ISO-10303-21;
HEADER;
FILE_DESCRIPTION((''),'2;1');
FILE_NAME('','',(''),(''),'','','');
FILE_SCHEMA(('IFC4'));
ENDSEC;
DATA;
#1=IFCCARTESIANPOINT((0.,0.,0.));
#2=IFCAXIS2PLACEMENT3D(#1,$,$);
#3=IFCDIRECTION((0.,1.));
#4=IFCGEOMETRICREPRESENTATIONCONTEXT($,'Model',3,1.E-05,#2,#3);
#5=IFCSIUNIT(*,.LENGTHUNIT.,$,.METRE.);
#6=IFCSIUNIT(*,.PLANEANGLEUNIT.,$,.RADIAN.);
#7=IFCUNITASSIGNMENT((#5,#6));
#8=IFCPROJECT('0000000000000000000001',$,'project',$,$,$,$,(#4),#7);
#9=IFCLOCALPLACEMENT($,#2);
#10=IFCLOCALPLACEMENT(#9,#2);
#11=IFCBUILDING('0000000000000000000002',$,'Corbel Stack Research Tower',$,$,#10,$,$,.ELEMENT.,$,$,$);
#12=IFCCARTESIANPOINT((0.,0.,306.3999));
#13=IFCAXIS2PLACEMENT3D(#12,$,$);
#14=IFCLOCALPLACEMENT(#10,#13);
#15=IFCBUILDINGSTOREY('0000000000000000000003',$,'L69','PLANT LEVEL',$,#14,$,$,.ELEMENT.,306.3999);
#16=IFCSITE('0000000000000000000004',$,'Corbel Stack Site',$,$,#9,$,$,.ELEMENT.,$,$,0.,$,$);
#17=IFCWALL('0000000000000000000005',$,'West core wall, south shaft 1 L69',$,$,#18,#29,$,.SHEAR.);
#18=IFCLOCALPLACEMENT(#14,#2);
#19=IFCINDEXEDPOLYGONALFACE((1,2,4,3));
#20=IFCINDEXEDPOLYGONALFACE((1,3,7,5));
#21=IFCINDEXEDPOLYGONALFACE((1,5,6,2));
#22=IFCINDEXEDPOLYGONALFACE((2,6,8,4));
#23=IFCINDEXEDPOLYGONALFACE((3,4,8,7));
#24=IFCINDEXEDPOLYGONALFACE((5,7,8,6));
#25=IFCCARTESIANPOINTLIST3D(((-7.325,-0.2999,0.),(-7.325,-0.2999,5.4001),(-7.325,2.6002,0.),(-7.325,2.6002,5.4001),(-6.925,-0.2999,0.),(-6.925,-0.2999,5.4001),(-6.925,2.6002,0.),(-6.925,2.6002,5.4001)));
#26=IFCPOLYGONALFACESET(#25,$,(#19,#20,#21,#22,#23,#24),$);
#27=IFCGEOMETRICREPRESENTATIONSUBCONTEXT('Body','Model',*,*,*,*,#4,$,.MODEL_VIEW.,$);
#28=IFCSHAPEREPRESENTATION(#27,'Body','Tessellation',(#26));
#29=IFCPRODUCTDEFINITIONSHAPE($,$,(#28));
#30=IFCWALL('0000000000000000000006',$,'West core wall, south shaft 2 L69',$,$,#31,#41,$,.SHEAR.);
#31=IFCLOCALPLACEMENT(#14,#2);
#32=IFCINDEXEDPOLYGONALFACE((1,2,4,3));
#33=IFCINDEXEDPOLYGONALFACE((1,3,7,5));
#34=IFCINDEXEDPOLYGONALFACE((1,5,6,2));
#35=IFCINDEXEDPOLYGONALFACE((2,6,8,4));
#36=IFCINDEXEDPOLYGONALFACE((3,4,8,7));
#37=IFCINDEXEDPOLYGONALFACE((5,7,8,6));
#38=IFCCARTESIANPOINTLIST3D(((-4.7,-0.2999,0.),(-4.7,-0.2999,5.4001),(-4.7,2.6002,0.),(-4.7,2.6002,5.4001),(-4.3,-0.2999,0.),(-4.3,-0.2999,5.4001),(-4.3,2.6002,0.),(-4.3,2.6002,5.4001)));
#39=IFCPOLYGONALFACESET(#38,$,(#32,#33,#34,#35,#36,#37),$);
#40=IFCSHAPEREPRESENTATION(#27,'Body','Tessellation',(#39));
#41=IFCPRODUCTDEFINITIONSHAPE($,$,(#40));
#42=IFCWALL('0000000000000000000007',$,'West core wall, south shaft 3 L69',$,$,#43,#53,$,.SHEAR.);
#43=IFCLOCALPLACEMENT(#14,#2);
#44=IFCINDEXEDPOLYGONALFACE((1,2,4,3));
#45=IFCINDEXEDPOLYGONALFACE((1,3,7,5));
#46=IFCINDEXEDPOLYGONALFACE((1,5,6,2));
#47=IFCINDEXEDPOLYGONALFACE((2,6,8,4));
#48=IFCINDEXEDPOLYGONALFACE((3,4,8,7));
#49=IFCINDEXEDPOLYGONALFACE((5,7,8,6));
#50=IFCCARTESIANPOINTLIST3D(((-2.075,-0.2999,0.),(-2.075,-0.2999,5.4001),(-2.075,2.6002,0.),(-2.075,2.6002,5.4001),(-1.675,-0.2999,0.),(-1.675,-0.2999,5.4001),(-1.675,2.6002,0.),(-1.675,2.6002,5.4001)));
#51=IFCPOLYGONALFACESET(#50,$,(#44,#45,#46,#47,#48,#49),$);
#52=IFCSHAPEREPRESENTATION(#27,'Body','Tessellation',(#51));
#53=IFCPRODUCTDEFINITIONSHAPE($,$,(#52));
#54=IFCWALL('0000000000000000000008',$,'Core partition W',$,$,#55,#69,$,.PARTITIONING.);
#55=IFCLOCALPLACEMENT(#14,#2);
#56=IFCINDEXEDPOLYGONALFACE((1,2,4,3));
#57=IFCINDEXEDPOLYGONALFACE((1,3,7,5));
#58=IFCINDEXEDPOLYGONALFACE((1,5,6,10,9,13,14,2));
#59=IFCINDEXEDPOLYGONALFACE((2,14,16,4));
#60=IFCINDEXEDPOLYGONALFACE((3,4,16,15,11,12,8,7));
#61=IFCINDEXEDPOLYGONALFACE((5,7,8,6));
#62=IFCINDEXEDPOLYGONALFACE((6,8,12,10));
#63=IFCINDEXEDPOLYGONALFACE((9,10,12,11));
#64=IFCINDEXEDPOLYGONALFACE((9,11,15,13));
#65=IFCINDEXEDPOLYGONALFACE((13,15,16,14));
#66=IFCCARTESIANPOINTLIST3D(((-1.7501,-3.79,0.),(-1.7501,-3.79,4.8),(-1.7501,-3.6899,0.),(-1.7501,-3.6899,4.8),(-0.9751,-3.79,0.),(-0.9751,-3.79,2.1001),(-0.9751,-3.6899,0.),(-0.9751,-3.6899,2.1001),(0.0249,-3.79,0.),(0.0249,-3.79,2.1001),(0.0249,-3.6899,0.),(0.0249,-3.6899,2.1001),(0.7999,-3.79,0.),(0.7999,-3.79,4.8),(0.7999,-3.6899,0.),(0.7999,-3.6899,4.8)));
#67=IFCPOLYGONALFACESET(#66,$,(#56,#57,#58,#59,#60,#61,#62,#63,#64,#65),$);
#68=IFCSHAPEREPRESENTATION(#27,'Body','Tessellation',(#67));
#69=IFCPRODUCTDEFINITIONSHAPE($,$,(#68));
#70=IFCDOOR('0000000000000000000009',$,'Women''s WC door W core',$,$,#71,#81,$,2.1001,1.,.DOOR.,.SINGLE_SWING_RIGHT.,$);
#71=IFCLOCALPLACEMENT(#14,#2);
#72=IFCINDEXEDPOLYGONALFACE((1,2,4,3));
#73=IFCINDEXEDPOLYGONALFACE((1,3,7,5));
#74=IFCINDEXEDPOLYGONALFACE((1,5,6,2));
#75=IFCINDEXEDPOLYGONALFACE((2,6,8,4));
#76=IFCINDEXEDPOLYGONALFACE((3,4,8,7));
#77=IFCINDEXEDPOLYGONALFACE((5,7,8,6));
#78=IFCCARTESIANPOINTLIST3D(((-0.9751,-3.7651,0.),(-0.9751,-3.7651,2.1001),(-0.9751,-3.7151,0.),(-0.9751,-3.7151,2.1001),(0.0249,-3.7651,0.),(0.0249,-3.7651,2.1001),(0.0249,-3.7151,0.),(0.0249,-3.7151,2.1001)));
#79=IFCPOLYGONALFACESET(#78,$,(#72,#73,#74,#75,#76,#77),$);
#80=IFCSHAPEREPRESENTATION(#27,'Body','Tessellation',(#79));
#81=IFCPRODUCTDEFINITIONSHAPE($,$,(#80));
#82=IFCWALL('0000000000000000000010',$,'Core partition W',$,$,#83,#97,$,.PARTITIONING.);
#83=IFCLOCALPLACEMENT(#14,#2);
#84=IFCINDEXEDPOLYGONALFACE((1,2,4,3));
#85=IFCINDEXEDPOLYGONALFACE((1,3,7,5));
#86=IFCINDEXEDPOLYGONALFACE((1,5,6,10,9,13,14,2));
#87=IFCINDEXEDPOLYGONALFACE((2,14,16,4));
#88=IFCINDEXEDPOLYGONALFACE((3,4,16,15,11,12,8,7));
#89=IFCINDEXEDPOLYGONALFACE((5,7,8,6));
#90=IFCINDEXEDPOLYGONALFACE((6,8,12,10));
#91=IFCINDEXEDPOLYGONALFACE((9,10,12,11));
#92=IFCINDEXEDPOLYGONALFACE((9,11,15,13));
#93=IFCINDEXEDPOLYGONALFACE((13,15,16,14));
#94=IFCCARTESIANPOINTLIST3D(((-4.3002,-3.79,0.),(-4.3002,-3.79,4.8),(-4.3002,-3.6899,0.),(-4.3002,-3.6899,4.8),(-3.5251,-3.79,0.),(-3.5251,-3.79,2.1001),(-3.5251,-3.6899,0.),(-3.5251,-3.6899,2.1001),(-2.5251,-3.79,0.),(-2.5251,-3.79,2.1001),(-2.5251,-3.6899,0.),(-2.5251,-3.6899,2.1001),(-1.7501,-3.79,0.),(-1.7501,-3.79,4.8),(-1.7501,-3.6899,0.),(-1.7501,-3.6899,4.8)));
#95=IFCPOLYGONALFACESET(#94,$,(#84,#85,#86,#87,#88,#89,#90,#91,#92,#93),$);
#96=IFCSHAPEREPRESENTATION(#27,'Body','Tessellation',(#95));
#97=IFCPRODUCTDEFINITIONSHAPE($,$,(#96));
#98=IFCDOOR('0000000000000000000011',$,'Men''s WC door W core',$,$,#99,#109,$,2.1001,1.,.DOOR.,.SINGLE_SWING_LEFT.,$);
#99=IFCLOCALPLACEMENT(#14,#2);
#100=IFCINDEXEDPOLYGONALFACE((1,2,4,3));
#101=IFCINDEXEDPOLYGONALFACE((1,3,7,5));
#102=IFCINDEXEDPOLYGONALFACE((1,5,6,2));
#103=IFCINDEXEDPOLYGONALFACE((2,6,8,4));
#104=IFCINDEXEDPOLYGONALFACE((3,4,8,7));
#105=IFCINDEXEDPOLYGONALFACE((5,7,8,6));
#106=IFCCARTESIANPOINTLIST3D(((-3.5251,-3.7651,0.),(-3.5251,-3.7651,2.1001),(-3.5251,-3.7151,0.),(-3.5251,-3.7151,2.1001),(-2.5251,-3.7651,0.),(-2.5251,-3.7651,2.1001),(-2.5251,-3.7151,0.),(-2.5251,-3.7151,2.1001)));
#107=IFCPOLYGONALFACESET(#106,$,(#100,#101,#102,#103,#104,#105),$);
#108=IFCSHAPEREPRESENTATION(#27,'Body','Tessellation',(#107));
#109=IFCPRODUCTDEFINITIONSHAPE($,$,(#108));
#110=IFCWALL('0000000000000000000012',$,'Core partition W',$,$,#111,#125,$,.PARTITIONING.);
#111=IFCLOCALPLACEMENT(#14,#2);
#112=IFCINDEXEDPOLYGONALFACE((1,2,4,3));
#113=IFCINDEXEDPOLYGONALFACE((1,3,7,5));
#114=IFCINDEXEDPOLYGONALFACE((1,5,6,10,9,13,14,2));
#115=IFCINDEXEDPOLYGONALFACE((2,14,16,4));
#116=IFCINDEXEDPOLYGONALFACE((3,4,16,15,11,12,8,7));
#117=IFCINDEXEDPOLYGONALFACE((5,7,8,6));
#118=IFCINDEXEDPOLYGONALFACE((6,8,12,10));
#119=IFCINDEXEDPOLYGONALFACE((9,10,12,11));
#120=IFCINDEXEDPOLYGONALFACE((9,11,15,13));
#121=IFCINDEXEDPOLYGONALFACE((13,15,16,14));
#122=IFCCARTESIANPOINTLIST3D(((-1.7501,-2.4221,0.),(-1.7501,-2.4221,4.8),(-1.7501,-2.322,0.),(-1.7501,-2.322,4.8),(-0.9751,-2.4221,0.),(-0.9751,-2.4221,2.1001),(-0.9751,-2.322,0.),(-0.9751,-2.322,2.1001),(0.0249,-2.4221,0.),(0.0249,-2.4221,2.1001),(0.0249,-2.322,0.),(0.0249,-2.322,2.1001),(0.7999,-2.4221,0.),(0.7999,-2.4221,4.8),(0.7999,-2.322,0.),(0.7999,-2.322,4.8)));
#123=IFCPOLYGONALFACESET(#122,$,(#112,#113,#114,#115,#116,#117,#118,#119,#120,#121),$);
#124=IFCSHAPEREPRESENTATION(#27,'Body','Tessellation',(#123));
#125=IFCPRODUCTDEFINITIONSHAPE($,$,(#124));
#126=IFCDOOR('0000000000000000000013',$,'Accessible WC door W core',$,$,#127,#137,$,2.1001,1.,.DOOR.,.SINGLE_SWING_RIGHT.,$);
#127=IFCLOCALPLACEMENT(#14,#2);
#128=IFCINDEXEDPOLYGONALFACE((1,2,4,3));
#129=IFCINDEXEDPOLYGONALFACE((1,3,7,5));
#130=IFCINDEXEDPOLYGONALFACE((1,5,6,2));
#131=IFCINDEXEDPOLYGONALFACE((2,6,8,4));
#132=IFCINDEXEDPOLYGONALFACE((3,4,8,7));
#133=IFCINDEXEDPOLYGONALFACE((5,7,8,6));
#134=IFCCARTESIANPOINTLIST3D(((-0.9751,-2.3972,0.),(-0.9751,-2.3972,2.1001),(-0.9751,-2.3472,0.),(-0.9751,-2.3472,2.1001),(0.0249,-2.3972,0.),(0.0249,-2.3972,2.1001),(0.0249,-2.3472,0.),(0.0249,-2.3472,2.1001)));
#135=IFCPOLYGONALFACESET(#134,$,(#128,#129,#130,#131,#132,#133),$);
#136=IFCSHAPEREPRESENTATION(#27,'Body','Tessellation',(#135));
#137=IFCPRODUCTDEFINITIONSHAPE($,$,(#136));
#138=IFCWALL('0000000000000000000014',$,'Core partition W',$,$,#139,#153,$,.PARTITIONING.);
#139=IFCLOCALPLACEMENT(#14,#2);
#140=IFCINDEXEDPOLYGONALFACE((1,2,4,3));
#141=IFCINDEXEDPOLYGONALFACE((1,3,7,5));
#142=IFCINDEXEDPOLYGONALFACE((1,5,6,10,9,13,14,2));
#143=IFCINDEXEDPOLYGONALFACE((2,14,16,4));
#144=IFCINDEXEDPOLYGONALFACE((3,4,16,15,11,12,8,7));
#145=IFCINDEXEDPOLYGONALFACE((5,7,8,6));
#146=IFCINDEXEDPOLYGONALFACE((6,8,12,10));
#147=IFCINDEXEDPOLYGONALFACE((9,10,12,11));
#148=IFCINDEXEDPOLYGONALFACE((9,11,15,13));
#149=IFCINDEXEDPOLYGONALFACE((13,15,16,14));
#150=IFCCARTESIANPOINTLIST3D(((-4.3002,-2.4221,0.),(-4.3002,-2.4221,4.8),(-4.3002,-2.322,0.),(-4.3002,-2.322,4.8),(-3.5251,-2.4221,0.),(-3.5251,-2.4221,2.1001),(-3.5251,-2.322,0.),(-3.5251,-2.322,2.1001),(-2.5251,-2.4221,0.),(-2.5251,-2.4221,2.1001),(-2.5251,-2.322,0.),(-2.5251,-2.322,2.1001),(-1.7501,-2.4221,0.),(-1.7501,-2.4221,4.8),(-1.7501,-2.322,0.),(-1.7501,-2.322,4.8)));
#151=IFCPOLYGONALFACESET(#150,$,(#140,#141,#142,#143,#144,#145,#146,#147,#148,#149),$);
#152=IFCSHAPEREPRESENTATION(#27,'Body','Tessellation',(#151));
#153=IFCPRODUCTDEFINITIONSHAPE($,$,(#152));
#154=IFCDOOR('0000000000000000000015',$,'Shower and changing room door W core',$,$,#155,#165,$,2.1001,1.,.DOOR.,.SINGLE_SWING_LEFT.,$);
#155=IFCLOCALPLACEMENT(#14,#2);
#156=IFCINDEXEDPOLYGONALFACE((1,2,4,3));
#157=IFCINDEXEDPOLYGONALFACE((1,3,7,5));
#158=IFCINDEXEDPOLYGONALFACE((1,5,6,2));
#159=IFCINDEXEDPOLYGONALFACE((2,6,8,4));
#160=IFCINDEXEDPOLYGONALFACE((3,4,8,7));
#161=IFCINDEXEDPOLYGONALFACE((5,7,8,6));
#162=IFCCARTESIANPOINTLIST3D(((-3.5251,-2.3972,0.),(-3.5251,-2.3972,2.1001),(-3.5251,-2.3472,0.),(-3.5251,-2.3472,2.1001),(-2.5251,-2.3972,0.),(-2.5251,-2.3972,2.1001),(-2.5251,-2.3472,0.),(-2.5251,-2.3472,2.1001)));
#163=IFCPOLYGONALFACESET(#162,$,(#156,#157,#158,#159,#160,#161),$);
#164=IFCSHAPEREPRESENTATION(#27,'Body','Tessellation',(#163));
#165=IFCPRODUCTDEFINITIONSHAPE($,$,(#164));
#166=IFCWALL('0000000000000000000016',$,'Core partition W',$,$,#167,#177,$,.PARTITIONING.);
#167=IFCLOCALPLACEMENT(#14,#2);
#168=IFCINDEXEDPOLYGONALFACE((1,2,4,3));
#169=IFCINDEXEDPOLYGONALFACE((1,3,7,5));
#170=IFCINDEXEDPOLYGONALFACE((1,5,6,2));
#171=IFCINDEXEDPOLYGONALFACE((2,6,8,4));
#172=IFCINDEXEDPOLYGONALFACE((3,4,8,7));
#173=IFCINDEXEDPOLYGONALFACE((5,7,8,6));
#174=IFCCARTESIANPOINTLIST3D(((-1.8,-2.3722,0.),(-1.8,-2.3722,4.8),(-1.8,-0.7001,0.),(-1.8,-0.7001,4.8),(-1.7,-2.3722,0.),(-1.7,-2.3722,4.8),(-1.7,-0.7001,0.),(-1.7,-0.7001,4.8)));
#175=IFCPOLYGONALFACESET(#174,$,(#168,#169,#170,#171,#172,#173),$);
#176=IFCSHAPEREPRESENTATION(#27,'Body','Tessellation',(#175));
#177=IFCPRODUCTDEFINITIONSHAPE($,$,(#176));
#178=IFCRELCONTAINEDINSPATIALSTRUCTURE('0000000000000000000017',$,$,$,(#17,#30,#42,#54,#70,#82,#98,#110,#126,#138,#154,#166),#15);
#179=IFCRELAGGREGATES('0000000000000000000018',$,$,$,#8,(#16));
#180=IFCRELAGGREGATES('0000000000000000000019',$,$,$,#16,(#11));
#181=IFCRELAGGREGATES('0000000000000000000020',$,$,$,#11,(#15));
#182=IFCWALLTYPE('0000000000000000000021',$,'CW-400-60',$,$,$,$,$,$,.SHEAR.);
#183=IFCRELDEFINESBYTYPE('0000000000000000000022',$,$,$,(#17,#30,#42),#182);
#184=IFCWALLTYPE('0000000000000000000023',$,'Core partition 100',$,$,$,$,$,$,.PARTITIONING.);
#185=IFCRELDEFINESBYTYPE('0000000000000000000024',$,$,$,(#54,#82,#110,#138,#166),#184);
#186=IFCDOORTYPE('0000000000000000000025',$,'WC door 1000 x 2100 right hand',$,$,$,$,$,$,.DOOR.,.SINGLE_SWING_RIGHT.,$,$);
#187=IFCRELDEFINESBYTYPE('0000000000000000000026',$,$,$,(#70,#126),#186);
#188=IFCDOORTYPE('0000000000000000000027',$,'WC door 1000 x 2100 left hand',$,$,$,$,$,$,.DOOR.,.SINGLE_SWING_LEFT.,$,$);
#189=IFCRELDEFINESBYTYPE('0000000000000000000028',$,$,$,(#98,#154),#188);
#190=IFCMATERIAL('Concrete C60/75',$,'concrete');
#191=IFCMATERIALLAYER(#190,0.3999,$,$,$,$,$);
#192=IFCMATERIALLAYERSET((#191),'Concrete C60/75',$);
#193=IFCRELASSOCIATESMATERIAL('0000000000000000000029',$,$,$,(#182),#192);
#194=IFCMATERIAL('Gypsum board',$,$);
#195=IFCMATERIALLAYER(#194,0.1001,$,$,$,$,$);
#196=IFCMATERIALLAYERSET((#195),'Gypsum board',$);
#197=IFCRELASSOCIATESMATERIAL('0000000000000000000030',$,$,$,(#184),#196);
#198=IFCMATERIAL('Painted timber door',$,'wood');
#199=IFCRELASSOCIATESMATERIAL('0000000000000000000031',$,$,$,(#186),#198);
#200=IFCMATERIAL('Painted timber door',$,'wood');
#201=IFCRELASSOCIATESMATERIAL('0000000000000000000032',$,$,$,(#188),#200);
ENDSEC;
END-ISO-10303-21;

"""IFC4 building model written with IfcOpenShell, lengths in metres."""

from ifc_helpers import new_model, si_unit, direction, frame, frame_2d, origin, place, context, subcontext, project, spatial, rectangle, extrude, material, layer, layer_set, type_object, element, fill, save


model = new_model("IFC4")

# Units and contexts
model_context = context("Model", 3, precision=1e-05, world=origin(), true_north=direction((0.0, 1.0)))
body_context = subcontext(model_context, "Body", "Model", "MODEL_VIEW")
ifc_project = project(units=[si_unit("LENGTHUNIT", "METRE"), si_unit("PLANEANGLEUNIT", "RADIAN")], contexts=[model_context])

# Site, building, storey
site_placement = place(None, origin())
site = spatial("IfcSite", under=ifc_project, at=site_placement, Name="Corbel Stack Site", CompositionType="ELEMENT", RefElevation=0.0)
building_placement = place(site_placement, origin())
building = spatial("IfcBuilding", under=site, at=building_placement, Name="Corbel Stack Research Tower", CompositionType="ELEMENT")
storey_placement = place(building_placement, frame((0.0, 0.0, 306.3999)))
storey = spatial("IfcBuildingStorey", under=building, at=storey_placement, Name="L69", Description="PLANT LEVEL", CompositionType="ELEMENT", Elevation=306.3999)

# Walls
ifc_material_1 = material(Name="Concrete C60/75", Category="concrete")
ifc_layer_1 = layer(ifc_material_1, 0.3999)
ifc_layer_set_1 = layer_set([ifc_layer_1], Name="Concrete C60/75")
wall_type_1 = type_object("IfcWallType", Name="CW-400-60", PredefinedType="SHEAR", material=ifc_layer_set_1)
for number, where, z_axis, x_axis, name in (
    (1, (-7.125, -0.3, 0.0), (0.0, 0.0, 1.0), (0.0, 1.0, 0.0), "West core wall, south shaft 1 L69"),
    (2, (-4.5, -0.3, 0.0), (0.0, 0.0, 1.0), (0.0, 1.0, 0.0), "West core wall, south shaft 2 L69"),
    (3, (-1.875, -0.3, 0.0), (0.0, 0.0, 1.0), (0.0, 1.0, 0.0), "West core wall, south shaft 3 L69"),
):
    element("IfcWall", number, at=place(storey_placement, frame(where, z_axis=z_axis, x_axis=x_axis)), inside=storey, type_object=wall_type_1, Name=name, PredefinedType="SHEAR", context=body_context, shape_type="SweptSolid", body=[
        extrude(rectangle(XDim=2.9001, YDim=0.3999, at=frame_2d((1.4502, 0.0))), origin(), (0.0, 0.0, 1.0), 5.4001),
    ])

# Walls, openings, doors
ifc_material_2 = material(Name="Gypsum board")
ifc_layer_2 = layer(ifc_material_2, 0.1001)
ifc_layer_set_2 = layer_set([ifc_layer_2], Name="Gypsum board")
wall_type_2 = type_object("IfcWallType", Name="Core partition 100", PredefinedType="PARTITIONING", material=ifc_layer_set_2)
wall_1_placement = place(storey_placement, frame((-1.75, -3.74, 0.0), z_axis=(0.0, 0.0, 1.0), x_axis=(1.0, 0.0, 0.0)))
wall_1 = element("IfcWall", 4, at=wall_1_placement, inside=storey, type_object=wall_type_2, Name="Core partition W", PredefinedType="PARTITIONING", context=body_context, shape_type="SweptSolid", body=[
    extrude(rectangle(XDim=2.55, YDim=0.1001, at=frame_2d((1.2749, 0.0))), origin(), (0.0, 0.0, 1.0), 4.8),
])
opening_1_placement = place(wall_1_placement, frame((0.7749, 0.0, 0.0)))
opening_1 = element("IfcOpeningElement", 5, at=opening_1_placement, cuts=wall_1, PredefinedType="OPENING", context=body_context, shape_type="SweptSolid", body=[
    extrude(rectangle(XDim=1.0, YDim=2.1001, at=frame_2d((0.5, 1.05))), frame((0.0, 0.0601, 0.0), z_axis=(0.0, -1.0, 0.0), x_axis=(1.0, 0.0, 0.0)), (0.0, 0.0, 1.0), 0.1201),
])
ifc_material_3 = material(Name="Painted timber door", Category="wood")
door_type_1 = type_object("IfcDoorType", Name="WC door 1000 x 2100 right hand", OperationType="SINGLE_SWING_RIGHT", PredefinedType="DOOR", material=ifc_material_3)
door_1_placement = place(opening_1_placement, origin())
door_1 = element("IfcDoor", 6, at=door_1_placement, inside=storey, type_object=door_type_1, Name="Women's WC door W core", OperationType="SINGLE_SWING_RIGHT", OverallHeight=2.1001, OverallWidth=1.0, PredefinedType="DOOR", context=body_context, shape_type="SweptSolid", body=[
    extrude(rectangle(XDim=1.0, YDim=2.1001, at=frame_2d((0.5, 1.05))), frame((0.0, 0.0249, 0.0), z_axis=(0.0, -1.0, 0.0), x_axis=(1.0, 0.0, 0.0)), (0.0, 0.0, 1.0), 0.05),
])
fill(opening_1, door_1)
wall_2_placement = place(storey_placement, frame((-4.3, -3.74, 0.0), z_axis=(0.0, 0.0, 1.0), x_axis=(1.0, 0.0, 0.0)))
wall_2 = element("IfcWall", 7, at=wall_2_placement, inside=storey, type_object=wall_type_2, Name="Core partition W", PredefinedType="PARTITIONING", context=body_context, shape_type="SweptSolid", body=[
    extrude(rectangle(XDim=2.55, YDim=0.1001, at=frame_2d((1.2749, 0.0))), origin(), (0.0, 0.0, 1.0), 4.8),
])
opening_2_placement = place(wall_2_placement, frame((0.7749, 0.0, 0.0)))
opening_2 = element("IfcOpeningElement", 8, at=opening_2_placement, cuts=wall_2, PredefinedType="OPENING", context=body_context, shape_type="SweptSolid", body=[
    extrude(rectangle(XDim=1.0, YDim=2.1001, at=frame_2d((0.5, 1.05))), frame((0.0, 0.0601, 0.0), z_axis=(0.0, -1.0, 0.0), x_axis=(1.0, 0.0, 0.0)), (0.0, 0.0, 1.0), 0.1201),
])
ifc_material_4 = material(Name="Painted timber door", Category="wood")
door_type_2 = type_object("IfcDoorType", Name="WC door 1000 x 2100 left hand", OperationType="SINGLE_SWING_LEFT", PredefinedType="DOOR", material=ifc_material_4)
door_2_placement = place(opening_2_placement, origin())
door_2 = element("IfcDoor", 9, at=door_2_placement, inside=storey, type_object=door_type_2, Name="Men's WC door W core", OperationType="SINGLE_SWING_LEFT", OverallHeight=2.1001, OverallWidth=1.0, PredefinedType="DOOR", context=body_context, shape_type="SweptSolid", body=[
    extrude(rectangle(XDim=1.0, YDim=2.1001, at=frame_2d((0.5, 1.05))), frame((0.0, 0.0249, 0.0), z_axis=(0.0, -1.0, 0.0), x_axis=(1.0, 0.0, 0.0)), (0.0, 0.0, 1.0), 0.05),
])
fill(opening_2, door_2)
wall_3_placement = place(storey_placement, frame((-1.75, -2.3721, 0.0), z_axis=(0.0, 0.0, 1.0), x_axis=(1.0, 0.0, 0.0)))
wall_3 = element("IfcWall", 10, at=wall_3_placement, inside=storey, type_object=wall_type_2, Name="Core partition W", PredefinedType="PARTITIONING", context=body_context, shape_type="SweptSolid", body=[
    extrude(rectangle(XDim=2.55, YDim=0.1001, at=frame_2d((1.2749, 0.0))), origin(), (0.0, 0.0, 1.0), 4.8),
])
opening_3_placement = place(wall_3_placement, frame((0.7749, 0.0, 0.0)))
opening_3 = element("IfcOpeningElement", 11, at=opening_3_placement, cuts=wall_3, PredefinedType="OPENING", context=body_context, shape_type="SweptSolid", body=[
    extrude(rectangle(XDim=1.0, YDim=2.1001, at=frame_2d((0.5, 1.05))), frame((0.0, 0.0601, 0.0), z_axis=(0.0, -1.0, 0.0), x_axis=(1.0, 0.0, 0.0)), (0.0, 0.0, 1.0), 0.1201),
])
door_3_placement = place(opening_3_placement, origin())
door_3 = element("IfcDoor", 12, at=door_3_placement, inside=storey, type_object=door_type_1, Name="Accessible WC door W core", OperationType="SINGLE_SWING_RIGHT", OverallHeight=2.1001, OverallWidth=1.0, PredefinedType="DOOR", context=body_context, shape_type="SweptSolid", body=[
    extrude(rectangle(XDim=1.0, YDim=2.1001, at=frame_2d((0.5, 1.05))), frame((0.0, 0.0249, 0.0), z_axis=(0.0, -1.0, 0.0), x_axis=(1.0, 0.0, 0.0)), (0.0, 0.0, 1.0), 0.05),
])
fill(opening_3, door_3)
wall_4_placement = place(storey_placement, frame((-4.3, -2.3721, 0.0), z_axis=(0.0, 0.0, 1.0), x_axis=(1.0, 0.0, 0.0)))
wall_4 = element("IfcWall", 13, at=wall_4_placement, inside=storey, type_object=wall_type_2, Name="Core partition W", PredefinedType="PARTITIONING", context=body_context, shape_type="SweptSolid", body=[
    extrude(rectangle(XDim=2.55, YDim=0.1001, at=frame_2d((1.2749, 0.0))), origin(), (0.0, 0.0, 1.0), 4.8),
])
opening_4_placement = place(wall_4_placement, frame((0.7749, 0.0, 0.0)))
opening_4 = element("IfcOpeningElement", 14, at=opening_4_placement, cuts=wall_4, PredefinedType="OPENING", context=body_context, shape_type="SweptSolid", body=[
    extrude(rectangle(XDim=1.0, YDim=2.1001, at=frame_2d((0.5, 1.05))), frame((0.0, 0.0601, 0.0), z_axis=(0.0, -1.0, 0.0), x_axis=(1.0, 0.0, 0.0)), (0.0, 0.0, 1.0), 0.1201),
])
door_4_placement = place(opening_4_placement, origin())
door_4 = element("IfcDoor", 15, at=door_4_placement, inside=storey, type_object=door_type_2, Name="Shower and changing room door W core", OperationType="SINGLE_SWING_LEFT", OverallHeight=2.1001, OverallWidth=1.0, PredefinedType="DOOR", context=body_context, shape_type="SweptSolid", body=[
    extrude(rectangle(XDim=1.0, YDim=2.1001, at=frame_2d((0.5, 1.05))), frame((0.0, 0.0249, 0.0), z_axis=(0.0, -1.0, 0.0), x_axis=(1.0, 0.0, 0.0)), (0.0, 0.0, 1.0), 0.05),
])
fill(opening_4, door_4)

# Wall
wall_5_placement = place(storey_placement, frame((-1.75, -2.3721, 0.0), z_axis=(0.0, 0.0, 1.0), x_axis=(0.0, 1.0, 0.0)))
element("IfcWall", 16, at=wall_5_placement, inside=storey, type_object=wall_type_2, Name="Core partition W", PredefinedType="PARTITIONING", context=body_context, shape_type="SweptSolid", body=[
    extrude(rectangle(XDim=1.6721, YDim=0.1001, at=frame_2d((0.8359, 0.0))), origin(), (0.0, 0.0, 1.0), 4.8),
])

save(model, "model.ifc")
